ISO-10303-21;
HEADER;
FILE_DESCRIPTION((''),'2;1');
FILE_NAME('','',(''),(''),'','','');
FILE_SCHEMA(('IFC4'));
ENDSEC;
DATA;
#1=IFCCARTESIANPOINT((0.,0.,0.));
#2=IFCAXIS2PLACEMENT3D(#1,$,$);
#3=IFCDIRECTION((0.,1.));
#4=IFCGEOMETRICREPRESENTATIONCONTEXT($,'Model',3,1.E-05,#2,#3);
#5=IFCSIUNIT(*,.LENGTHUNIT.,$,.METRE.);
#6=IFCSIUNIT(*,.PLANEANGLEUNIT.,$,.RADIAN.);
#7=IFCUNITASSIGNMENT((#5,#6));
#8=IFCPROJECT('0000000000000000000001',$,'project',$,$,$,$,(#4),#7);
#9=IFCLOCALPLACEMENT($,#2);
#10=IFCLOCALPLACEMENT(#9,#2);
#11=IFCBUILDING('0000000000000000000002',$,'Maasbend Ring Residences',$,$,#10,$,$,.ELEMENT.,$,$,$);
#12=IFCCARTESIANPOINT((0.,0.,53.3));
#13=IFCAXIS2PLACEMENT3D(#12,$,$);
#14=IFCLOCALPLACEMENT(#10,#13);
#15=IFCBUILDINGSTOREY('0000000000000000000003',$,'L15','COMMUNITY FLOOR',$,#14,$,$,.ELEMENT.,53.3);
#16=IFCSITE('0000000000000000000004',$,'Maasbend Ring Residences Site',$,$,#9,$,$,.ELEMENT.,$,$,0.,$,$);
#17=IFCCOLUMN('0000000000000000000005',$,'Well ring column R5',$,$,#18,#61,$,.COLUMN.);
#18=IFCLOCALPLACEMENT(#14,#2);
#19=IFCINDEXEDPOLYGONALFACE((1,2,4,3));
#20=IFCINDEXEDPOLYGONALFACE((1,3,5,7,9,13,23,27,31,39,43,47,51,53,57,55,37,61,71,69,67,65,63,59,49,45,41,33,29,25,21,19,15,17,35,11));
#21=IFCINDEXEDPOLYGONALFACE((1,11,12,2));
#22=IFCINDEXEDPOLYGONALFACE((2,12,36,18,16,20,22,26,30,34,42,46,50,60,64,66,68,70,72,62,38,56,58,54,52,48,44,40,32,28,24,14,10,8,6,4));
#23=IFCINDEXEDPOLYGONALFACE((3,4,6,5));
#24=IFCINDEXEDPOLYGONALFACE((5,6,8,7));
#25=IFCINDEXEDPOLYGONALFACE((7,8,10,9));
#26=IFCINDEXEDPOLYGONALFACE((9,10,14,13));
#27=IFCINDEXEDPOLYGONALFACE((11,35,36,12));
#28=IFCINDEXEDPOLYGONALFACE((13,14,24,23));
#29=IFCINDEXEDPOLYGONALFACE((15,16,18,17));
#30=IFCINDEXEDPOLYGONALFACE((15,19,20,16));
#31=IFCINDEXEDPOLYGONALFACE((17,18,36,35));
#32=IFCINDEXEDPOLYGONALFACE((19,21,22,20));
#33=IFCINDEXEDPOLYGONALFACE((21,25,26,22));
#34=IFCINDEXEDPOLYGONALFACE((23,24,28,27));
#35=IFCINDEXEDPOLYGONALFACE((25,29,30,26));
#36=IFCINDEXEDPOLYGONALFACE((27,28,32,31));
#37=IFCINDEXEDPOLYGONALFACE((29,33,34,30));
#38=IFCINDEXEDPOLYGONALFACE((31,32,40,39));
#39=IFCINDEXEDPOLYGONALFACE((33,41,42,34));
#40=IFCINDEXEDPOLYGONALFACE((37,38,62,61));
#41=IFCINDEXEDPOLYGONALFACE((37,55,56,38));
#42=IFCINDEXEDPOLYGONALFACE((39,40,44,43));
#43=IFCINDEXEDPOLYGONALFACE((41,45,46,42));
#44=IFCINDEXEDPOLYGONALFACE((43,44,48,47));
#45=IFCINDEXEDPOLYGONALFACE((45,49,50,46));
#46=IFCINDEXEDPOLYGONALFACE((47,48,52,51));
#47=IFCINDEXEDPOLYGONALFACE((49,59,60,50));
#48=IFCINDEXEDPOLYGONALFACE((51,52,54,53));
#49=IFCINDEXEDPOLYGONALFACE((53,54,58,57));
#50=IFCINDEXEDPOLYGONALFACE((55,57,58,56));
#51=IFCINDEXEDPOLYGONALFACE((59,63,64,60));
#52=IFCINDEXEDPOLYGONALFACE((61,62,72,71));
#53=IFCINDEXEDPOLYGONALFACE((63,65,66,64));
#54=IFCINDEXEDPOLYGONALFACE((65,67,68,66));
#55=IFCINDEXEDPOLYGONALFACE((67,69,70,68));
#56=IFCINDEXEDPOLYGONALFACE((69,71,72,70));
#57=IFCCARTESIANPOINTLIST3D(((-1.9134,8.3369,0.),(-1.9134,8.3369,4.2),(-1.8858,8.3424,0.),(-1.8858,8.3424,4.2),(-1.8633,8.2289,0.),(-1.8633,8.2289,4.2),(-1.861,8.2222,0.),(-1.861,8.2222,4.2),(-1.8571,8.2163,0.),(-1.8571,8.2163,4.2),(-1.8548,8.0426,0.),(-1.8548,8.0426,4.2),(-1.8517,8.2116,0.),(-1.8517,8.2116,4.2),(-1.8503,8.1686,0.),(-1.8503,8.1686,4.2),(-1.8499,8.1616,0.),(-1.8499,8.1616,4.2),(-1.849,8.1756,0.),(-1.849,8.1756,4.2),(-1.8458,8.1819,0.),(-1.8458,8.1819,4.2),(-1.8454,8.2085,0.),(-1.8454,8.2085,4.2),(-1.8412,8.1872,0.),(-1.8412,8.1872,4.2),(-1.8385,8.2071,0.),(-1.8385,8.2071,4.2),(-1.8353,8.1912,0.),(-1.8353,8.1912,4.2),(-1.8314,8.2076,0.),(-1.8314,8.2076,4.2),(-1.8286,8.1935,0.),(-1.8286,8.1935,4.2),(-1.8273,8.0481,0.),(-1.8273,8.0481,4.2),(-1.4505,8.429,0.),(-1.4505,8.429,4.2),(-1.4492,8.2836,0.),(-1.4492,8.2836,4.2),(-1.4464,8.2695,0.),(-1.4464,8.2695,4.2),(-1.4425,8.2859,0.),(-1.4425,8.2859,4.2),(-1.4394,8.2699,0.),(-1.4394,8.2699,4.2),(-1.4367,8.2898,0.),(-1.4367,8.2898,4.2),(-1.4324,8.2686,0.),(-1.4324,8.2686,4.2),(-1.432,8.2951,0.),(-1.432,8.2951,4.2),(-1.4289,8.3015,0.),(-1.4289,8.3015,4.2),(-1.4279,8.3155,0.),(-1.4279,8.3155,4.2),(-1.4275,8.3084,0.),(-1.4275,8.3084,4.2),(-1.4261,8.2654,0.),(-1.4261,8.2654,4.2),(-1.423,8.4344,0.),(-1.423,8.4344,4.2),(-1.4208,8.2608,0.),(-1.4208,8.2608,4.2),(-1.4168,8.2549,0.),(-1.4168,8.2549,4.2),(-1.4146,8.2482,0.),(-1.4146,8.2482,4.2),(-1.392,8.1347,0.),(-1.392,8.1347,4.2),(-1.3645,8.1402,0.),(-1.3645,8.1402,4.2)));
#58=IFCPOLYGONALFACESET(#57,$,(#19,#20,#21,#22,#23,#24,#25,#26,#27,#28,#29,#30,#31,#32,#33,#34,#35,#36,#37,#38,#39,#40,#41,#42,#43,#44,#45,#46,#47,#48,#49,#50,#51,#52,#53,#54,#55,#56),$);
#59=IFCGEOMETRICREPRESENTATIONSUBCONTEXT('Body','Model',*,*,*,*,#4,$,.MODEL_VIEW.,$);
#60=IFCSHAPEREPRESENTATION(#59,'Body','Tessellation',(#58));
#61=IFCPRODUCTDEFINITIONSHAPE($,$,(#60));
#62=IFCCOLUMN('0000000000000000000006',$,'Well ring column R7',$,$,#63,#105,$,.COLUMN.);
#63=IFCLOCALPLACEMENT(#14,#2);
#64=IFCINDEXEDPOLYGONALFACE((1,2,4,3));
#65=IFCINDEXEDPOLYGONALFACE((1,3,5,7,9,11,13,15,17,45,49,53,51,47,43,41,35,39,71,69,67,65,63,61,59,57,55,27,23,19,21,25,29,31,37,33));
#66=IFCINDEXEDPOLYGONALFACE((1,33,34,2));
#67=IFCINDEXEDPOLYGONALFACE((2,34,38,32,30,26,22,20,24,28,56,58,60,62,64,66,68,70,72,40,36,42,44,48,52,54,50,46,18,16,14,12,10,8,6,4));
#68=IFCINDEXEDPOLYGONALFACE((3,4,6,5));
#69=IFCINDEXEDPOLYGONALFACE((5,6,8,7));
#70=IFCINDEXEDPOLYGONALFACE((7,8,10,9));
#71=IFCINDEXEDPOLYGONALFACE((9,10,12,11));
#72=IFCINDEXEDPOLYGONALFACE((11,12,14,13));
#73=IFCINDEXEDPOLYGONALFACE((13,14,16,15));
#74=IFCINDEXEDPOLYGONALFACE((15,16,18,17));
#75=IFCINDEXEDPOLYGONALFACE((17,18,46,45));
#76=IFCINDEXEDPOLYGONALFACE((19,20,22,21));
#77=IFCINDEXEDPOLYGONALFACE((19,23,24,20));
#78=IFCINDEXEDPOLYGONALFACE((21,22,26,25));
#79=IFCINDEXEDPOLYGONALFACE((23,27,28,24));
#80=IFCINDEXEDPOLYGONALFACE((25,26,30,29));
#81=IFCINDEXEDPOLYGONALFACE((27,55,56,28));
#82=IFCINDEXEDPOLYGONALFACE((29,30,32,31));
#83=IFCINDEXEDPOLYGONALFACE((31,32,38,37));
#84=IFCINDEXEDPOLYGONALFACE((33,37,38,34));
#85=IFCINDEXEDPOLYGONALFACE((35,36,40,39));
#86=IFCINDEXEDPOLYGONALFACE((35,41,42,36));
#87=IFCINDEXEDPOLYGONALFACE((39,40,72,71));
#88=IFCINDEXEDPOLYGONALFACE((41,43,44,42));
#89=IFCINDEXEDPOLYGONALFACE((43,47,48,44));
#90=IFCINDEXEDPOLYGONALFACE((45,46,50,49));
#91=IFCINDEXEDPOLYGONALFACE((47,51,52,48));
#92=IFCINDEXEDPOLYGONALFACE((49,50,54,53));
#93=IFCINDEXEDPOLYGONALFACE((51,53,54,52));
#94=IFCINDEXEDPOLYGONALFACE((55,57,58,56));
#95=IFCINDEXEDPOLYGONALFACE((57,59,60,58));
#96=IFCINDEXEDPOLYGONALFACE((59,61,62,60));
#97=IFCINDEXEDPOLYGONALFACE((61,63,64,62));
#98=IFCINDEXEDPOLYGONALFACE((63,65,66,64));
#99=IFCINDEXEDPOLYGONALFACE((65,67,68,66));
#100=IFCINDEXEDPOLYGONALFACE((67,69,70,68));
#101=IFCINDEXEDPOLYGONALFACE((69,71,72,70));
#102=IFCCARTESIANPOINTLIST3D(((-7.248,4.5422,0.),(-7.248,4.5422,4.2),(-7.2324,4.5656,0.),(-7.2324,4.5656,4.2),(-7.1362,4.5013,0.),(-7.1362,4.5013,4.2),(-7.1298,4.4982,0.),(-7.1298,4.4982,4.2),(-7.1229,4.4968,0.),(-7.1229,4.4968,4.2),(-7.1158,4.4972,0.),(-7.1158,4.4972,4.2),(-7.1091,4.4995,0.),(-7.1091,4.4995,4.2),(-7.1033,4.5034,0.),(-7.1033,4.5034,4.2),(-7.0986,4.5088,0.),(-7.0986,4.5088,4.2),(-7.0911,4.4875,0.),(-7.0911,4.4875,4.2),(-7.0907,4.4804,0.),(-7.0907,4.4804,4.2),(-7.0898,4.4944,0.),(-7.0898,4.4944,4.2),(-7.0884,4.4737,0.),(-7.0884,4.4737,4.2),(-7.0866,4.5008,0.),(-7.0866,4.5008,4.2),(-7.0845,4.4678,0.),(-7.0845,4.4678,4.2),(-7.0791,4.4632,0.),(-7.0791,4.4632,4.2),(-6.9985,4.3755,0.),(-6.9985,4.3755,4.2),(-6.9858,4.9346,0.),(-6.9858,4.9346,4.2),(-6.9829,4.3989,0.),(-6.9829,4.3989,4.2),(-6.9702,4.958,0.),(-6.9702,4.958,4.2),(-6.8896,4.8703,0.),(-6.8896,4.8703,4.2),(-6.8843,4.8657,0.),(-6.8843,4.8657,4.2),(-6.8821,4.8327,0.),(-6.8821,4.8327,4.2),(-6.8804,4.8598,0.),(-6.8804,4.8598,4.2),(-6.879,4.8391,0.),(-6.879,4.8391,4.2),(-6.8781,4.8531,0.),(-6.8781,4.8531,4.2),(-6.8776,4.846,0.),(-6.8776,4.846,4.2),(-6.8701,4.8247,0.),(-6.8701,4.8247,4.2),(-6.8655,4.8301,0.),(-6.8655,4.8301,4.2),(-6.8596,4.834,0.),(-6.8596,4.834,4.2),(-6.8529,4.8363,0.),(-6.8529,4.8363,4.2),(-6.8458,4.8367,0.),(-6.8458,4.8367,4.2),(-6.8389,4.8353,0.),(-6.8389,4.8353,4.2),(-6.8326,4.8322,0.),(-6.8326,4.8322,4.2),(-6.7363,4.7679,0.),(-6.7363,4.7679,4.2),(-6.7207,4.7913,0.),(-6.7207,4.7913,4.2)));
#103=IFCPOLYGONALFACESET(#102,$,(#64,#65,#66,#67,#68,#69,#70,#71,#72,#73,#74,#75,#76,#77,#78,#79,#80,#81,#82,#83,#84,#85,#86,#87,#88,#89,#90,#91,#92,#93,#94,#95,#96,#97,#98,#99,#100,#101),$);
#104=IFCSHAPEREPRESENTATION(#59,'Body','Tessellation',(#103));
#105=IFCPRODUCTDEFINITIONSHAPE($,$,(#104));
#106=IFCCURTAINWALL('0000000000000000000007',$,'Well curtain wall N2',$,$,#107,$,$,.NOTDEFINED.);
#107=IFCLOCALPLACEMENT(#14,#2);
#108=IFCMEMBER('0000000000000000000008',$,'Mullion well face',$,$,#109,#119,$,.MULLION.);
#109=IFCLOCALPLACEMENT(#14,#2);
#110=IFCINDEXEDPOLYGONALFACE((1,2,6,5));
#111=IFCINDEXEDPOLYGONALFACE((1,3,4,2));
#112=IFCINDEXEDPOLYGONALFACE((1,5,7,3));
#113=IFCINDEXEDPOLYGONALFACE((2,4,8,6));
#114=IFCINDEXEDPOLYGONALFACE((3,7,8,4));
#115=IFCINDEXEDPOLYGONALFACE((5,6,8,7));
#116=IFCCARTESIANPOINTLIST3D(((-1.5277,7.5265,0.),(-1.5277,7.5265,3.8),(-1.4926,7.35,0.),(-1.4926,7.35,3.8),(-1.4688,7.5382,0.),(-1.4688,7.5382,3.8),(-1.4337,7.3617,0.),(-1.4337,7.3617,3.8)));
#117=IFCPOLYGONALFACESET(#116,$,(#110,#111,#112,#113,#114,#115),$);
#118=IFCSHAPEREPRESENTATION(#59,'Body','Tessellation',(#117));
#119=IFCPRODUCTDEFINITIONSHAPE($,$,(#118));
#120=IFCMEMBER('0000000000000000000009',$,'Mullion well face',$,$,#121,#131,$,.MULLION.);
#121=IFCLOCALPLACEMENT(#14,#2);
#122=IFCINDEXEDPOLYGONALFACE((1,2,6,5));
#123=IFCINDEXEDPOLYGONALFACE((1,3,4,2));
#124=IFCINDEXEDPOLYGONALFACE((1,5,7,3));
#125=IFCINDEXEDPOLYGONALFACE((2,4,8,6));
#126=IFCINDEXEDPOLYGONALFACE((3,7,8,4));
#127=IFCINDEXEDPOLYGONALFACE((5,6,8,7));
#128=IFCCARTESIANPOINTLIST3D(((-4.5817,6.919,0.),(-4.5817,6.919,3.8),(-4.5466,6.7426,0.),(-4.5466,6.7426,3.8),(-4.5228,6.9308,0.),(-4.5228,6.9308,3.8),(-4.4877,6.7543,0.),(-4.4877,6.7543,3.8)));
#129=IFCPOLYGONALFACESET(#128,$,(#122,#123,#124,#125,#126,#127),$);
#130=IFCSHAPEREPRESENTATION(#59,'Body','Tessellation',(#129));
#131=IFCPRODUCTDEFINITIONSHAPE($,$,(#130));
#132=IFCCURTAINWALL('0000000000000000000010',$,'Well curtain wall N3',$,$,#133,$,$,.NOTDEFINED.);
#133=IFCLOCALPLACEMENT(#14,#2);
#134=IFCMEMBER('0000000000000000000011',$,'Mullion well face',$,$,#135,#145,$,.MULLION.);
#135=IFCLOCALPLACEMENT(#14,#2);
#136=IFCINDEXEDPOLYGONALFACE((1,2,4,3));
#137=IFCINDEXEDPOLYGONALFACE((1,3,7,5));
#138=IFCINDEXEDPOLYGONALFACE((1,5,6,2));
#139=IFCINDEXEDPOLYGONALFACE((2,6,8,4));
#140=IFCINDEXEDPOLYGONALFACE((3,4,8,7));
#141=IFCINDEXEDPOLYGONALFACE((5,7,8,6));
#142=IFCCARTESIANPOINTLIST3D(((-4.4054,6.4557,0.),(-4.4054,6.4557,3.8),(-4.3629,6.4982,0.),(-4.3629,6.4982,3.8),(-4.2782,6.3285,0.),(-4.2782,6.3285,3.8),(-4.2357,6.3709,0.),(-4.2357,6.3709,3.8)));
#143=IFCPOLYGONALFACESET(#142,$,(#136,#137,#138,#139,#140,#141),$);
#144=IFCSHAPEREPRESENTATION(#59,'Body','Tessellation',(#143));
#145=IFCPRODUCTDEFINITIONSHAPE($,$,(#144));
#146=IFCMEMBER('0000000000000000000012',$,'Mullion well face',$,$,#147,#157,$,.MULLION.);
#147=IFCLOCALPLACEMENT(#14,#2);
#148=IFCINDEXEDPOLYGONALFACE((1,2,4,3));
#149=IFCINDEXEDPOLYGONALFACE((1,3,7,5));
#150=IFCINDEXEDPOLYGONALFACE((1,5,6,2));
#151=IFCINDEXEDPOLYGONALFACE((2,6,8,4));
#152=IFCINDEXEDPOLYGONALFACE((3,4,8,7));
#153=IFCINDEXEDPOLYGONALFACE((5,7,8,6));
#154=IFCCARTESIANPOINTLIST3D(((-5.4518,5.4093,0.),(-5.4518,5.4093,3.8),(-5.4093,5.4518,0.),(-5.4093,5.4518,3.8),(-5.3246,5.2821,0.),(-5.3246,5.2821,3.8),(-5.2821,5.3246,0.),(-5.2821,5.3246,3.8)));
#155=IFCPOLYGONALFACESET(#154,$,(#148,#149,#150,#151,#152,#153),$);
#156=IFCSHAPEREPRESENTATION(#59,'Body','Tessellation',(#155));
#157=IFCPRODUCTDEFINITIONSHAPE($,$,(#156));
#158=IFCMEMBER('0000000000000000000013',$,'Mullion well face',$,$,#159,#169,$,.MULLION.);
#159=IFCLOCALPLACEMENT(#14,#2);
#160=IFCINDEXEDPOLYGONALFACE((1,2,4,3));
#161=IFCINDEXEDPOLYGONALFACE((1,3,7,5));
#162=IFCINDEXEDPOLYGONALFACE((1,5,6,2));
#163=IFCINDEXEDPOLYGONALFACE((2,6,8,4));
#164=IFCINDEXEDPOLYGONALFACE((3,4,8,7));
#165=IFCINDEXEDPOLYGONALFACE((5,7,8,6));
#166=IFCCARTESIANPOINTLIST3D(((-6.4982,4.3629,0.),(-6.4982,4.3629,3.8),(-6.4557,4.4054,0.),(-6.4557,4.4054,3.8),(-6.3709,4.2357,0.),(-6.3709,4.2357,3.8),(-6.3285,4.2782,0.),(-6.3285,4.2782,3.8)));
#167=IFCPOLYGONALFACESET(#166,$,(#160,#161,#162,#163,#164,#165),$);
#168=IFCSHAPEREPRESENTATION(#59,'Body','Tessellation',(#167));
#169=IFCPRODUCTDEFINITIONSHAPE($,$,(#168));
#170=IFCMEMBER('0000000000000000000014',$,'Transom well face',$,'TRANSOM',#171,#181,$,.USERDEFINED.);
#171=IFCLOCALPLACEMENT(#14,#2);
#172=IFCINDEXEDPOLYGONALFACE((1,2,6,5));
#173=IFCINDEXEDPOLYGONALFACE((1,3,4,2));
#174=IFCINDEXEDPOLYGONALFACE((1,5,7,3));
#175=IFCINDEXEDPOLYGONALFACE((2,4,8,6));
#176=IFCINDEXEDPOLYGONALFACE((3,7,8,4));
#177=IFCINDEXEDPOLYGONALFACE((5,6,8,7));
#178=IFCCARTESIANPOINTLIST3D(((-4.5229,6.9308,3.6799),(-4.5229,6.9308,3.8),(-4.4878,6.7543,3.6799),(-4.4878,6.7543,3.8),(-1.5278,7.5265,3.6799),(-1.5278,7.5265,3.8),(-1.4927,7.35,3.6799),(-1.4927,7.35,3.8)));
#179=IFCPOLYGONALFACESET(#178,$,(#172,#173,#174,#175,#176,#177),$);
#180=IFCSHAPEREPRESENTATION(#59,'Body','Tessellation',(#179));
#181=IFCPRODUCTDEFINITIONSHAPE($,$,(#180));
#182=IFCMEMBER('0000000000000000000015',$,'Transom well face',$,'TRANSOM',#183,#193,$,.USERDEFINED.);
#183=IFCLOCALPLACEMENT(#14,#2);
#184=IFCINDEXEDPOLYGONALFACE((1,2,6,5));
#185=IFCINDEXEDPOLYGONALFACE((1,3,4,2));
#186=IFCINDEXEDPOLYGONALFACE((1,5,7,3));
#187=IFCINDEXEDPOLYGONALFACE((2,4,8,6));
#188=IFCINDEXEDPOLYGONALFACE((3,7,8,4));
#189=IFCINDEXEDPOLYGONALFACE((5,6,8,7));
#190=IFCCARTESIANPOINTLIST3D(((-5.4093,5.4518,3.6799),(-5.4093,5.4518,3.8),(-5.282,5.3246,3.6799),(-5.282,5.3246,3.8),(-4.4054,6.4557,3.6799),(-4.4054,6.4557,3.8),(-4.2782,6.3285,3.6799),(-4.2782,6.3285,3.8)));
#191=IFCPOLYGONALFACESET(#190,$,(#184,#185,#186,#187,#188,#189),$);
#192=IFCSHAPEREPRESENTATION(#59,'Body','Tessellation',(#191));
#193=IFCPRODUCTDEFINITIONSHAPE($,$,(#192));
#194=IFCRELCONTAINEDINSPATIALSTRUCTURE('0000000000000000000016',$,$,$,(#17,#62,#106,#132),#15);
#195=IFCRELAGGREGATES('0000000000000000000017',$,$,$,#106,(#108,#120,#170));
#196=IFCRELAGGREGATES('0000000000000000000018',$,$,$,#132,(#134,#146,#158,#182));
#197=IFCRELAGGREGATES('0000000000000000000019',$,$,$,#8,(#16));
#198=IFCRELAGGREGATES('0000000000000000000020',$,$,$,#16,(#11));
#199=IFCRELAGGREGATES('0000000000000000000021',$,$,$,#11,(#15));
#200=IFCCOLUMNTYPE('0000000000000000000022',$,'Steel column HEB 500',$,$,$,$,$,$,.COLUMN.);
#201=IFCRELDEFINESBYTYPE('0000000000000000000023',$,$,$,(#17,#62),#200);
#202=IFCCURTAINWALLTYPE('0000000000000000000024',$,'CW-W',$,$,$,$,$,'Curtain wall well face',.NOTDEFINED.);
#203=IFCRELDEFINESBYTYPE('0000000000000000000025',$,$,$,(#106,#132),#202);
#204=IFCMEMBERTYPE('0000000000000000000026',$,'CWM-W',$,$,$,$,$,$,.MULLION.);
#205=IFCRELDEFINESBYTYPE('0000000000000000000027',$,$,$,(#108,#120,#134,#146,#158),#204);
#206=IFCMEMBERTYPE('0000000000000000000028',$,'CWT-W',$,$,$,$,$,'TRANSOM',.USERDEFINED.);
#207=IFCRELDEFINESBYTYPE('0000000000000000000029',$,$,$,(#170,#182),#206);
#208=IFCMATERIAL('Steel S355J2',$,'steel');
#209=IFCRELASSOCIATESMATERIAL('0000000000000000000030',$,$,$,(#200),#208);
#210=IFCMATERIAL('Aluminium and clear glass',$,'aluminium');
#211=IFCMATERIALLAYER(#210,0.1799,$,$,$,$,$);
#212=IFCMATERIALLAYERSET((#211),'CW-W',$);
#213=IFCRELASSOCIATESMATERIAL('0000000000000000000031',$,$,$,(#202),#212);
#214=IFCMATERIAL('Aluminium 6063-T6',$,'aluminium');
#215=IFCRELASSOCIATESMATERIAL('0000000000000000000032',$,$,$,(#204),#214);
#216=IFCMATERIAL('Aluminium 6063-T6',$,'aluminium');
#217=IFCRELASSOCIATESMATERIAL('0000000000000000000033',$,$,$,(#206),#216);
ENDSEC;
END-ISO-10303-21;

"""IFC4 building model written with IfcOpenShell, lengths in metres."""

from ifc_helpers import new_model, si_unit, direction, frame, origin, origin_2d, place, context, subcontext, project, spatial, rectangle, i_section, extrude, material, layer, layer_set, material_profile, profile_set, type_object, element, aggregate, save


model = new_model("IFC4")

# Units and contexts
model_context = context("Model", 3, precision=1e-05, world=origin(), true_north=direction((0.0, 1.0)))
body_context = subcontext(model_context, "Body", "Model", "MODEL_VIEW")
ifc_project = project(units=[si_unit("LENGTHUNIT", "METRE"), si_unit("PLANEANGLEUNIT", "RADIAN")], contexts=[model_context])

# Site, building, storey
site_placement = place(None, origin())
site = spatial("IfcSite", under=ifc_project, at=site_placement, Name="Maasbend Ring Residences Site", CompositionType="ELEMENT", RefElevation=0.0)
building_placement = place(site_placement, origin())
building = spatial("IfcBuilding", under=site, at=building_placement, Name="Maasbend Ring Residences", CompositionType="ELEMENT")
storey_placement = place(building_placement, frame((0.0, 0.0, 53.3)))
storey = spatial("IfcBuildingStorey", under=building, at=storey_placement, Name="L15", Description="COMMUNITY FLOOR", CompositionType="ELEMENT", Elevation=53.3)

# Columns
ifc_material_1 = material(Name="Steel S355J2", Category="steel")
ifc_material_profile_1 = material_profile(ifc_material_1, i_section(OverallWidth=0.3, OverallDepth=0.5, WebThickness=0.0144, FlangeThickness=0.0281, FilletRadius=0.0271, at=origin_2d()), Name="HEB 500")
ifc_profile_set_1 = profile_set([ifc_material_profile_1], Name="Steel S355J2")
column_type = type_object("IfcColumnType", Name="Steel column HEB 500", PredefinedType="COLUMN", material=ifc_profile_set_1)
for number, where, z_axis, x_axis, name in (
    (1, (-1.6389, 8.2385, 0.0), (0.0, 0.0, 1.0), (-0.19509, 0.980785, 0.0), "Well ring column R5"),
    (2, (-6.9844, 4.6667, 0.0), (0.0, 0.0, 1.0), (-0.83147, 0.55557, 0.0), "Well ring column R7"),
):
    element("IfcColumn", number, at=place(storey_placement, frame(where, z_axis=z_axis, x_axis=x_axis)), inside=storey, type_object=column_type, Name=name, PredefinedType="COLUMN", context=body_context, shape_type="SweptSolid", body=[
        extrude(i_section(OverallWidth=0.3, OverallDepth=0.5, WebThickness=0.0144, FlangeThickness=0.0281, FilletRadius=0.0271, at=origin_2d()), origin(), (0.0, 0.0, 1.0), 4.2),
    ])

# Curtain walls, members
ifc_material_2 = material(Name="Aluminium and clear glass", Category="aluminium")
ifc_layer_1 = layer(ifc_material_2, 0.1799)
ifc_layer_set_1 = layer_set([ifc_layer_1], Name="CW-W")
curtain_wall_type = type_object("IfcCurtainWallType", Name="CW-W", ElementType="Curtain wall well face", PredefinedType="NOTDEFINED", material=ifc_layer_set_1)
curtain_wall_1_placement = place(storey_placement, origin())
curtain_wall_1 = element("IfcCurtainWall", 3, at=curtain_wall_1_placement, inside=storey, type_object=curtain_wall_type, Name="Well curtain wall N2", PredefinedType="NOTDEFINED")
ifc_material_3 = material(Name="Aluminium 6063-T6", Category="aluminium")
ifc_material_profile_2 = material_profile(ifc_material_3, rectangle(XDim=0.1799, YDim=0.0601, at=origin_2d()), Name="AL 180x60")
ifc_profile_set_2 = profile_set([ifc_material_profile_2], Name="Aluminium 6063-T6")
member_type_1 = type_object("IfcMemberType", Name="CWM-W", PredefinedType="MULLION", material=ifc_profile_set_2)
member_1_placement = place(storey_placement, frame((-1.4807, 7.4441, 0.0), z_axis=(0.0, 0.0, 1.0), x_axis=(0.19509, -0.980785, 0.0)))
member_1 = element("IfcMember", 4, at=member_1_placement, type_object=member_type_1, Name="Mullion well face", PredefinedType="MULLION", context=body_context, shape_type="SweptSolid", body=[
    extrude(rectangle(XDim=0.1799, YDim=0.0601, at=origin_2d()), origin(), (0.0, 0.0, 1.0), 3.8),
])
member_2_placement = place(storey_placement, frame((-4.5347, 6.8367, 0.0), z_axis=(0.0, 0.0, 1.0), x_axis=(0.19509, -0.980785, 0.0)))
member_2 = element("IfcMember", 5, at=member_2_placement, type_object=member_type_1, Name="Mullion well face", PredefinedType="MULLION", context=body_context, shape_type="SweptSolid", body=[
    extrude(rectangle(XDim=0.1799, YDim=0.0601, at=origin_2d()), origin(), (0.0, 0.0, 1.0), 3.8),
])
curtain_wall_2_placement = place(storey_placement, origin())
curtain_wall_2 = element("IfcCurtainWall", 6, at=curtain_wall_2_placement, inside=storey, type_object=curtain_wall_type, Name="Well curtain wall N3", PredefinedType="NOTDEFINED")
member_3_placement = place(storey_placement, frame((-4.3206, 6.4133, 0.0), z_axis=(0.0, 0.0, 1.0), x_axis=(0.707107, -0.707107, 0.0)))
member_3 = element("IfcMember", 7, at=member_3_placement, type_object=member_type_1, Name="Mullion well face", PredefinedType="MULLION", context=body_context, shape_type="SweptSolid", body=[
    extrude(rectangle(XDim=0.1799, YDim=0.0601, at=origin_2d()), origin(), (0.0, 0.0, 1.0), 3.8),
])
member_4_placement = place(storey_placement, frame((-5.3669, 5.3669, 0.0), z_axis=(0.0, 0.0, 1.0), x_axis=(0.707107, -0.707107, 0.0)))
member_4 = element("IfcMember", 8, at=member_4_placement, type_object=member_type_1, Name="Mullion well face", PredefinedType="MULLION", context=body_context, shape_type="SweptSolid", body=[
    extrude(rectangle(XDim=0.1799, YDim=0.0601, at=origin_2d()), origin(), (0.0, 0.0, 1.0), 3.8),
])
member_5_placement = place(storey_placement, frame((-6.4133, 4.3206, 0.0), z_axis=(0.0, 0.0, 1.0), x_axis=(0.707107, -0.707107, 0.0)))
member_5 = element("IfcMember", 9, at=member_5_placement, type_object=member_type_1, Name="Mullion well face", PredefinedType="MULLION", context=body_context, shape_type="SweptSolid", body=[
    extrude(rectangle(XDim=0.1799, YDim=0.0601, at=origin_2d()), origin(), (0.0, 0.0, 1.0), 3.8),
])

# Members
ifc_material_4 = material(Name="Aluminium 6063-T6", Category="aluminium")
ifc_material_profile_3 = material_profile(ifc_material_4, rectangle(XDim=0.1799, YDim=0.1201, at=origin_2d()), Name="AL 180x120")
ifc_profile_set_3 = profile_set([ifc_material_profile_3], Name="Aluminium 6063-T6")
member_type_2 = type_object("IfcMemberType", Name="CWT-W", ElementType="TRANSOM", PredefinedType="USERDEFINED", material=ifc_profile_set_3)
member_6_placement = place(storey_placement, frame((-1.5103, 7.4382, 3.74), z_axis=(-0.980789, -0.195071, 0.0), x_axis=(0.195071, -0.980789, 0.0)))
member_6 = element("IfcMember", 10, at=member_6_placement, type_object=member_type_2, Name="Transom well face", ObjectType="TRANSOM", PredefinedType="USERDEFINED", context=body_context, shape_type="SweptSolid", body=[
    extrude(rectangle(XDim=0.1799, YDim=0.1201, at=origin_2d()), origin(), (0.0, 0.0, 1.0), 3.0537),
])
member_7_placement = place(storey_placement, frame((-4.3418, 6.3921, 3.74), z_axis=(-0.707107, -0.707107, 0.0), x_axis=(0.707107, -0.707107, 0.0)))
member_7 = element("IfcMember", 11, at=member_7_placement, type_object=member_type_2, Name="Transom well face", ObjectType="TRANSOM", PredefinedType="USERDEFINED", context=body_context, shape_type="SweptSolid", body=[
    extrude(rectangle(XDim=0.1799, YDim=0.1201, at=origin_2d()), origin(), (0.0, 0.0, 1.0), 1.4197),
])

aggregate(curtain_wall_1, [member_1, member_2, member_6])
aggregate(curtain_wall_2, [member_3, member_4, member_5, member_7])

save(model, "model.ifc")
